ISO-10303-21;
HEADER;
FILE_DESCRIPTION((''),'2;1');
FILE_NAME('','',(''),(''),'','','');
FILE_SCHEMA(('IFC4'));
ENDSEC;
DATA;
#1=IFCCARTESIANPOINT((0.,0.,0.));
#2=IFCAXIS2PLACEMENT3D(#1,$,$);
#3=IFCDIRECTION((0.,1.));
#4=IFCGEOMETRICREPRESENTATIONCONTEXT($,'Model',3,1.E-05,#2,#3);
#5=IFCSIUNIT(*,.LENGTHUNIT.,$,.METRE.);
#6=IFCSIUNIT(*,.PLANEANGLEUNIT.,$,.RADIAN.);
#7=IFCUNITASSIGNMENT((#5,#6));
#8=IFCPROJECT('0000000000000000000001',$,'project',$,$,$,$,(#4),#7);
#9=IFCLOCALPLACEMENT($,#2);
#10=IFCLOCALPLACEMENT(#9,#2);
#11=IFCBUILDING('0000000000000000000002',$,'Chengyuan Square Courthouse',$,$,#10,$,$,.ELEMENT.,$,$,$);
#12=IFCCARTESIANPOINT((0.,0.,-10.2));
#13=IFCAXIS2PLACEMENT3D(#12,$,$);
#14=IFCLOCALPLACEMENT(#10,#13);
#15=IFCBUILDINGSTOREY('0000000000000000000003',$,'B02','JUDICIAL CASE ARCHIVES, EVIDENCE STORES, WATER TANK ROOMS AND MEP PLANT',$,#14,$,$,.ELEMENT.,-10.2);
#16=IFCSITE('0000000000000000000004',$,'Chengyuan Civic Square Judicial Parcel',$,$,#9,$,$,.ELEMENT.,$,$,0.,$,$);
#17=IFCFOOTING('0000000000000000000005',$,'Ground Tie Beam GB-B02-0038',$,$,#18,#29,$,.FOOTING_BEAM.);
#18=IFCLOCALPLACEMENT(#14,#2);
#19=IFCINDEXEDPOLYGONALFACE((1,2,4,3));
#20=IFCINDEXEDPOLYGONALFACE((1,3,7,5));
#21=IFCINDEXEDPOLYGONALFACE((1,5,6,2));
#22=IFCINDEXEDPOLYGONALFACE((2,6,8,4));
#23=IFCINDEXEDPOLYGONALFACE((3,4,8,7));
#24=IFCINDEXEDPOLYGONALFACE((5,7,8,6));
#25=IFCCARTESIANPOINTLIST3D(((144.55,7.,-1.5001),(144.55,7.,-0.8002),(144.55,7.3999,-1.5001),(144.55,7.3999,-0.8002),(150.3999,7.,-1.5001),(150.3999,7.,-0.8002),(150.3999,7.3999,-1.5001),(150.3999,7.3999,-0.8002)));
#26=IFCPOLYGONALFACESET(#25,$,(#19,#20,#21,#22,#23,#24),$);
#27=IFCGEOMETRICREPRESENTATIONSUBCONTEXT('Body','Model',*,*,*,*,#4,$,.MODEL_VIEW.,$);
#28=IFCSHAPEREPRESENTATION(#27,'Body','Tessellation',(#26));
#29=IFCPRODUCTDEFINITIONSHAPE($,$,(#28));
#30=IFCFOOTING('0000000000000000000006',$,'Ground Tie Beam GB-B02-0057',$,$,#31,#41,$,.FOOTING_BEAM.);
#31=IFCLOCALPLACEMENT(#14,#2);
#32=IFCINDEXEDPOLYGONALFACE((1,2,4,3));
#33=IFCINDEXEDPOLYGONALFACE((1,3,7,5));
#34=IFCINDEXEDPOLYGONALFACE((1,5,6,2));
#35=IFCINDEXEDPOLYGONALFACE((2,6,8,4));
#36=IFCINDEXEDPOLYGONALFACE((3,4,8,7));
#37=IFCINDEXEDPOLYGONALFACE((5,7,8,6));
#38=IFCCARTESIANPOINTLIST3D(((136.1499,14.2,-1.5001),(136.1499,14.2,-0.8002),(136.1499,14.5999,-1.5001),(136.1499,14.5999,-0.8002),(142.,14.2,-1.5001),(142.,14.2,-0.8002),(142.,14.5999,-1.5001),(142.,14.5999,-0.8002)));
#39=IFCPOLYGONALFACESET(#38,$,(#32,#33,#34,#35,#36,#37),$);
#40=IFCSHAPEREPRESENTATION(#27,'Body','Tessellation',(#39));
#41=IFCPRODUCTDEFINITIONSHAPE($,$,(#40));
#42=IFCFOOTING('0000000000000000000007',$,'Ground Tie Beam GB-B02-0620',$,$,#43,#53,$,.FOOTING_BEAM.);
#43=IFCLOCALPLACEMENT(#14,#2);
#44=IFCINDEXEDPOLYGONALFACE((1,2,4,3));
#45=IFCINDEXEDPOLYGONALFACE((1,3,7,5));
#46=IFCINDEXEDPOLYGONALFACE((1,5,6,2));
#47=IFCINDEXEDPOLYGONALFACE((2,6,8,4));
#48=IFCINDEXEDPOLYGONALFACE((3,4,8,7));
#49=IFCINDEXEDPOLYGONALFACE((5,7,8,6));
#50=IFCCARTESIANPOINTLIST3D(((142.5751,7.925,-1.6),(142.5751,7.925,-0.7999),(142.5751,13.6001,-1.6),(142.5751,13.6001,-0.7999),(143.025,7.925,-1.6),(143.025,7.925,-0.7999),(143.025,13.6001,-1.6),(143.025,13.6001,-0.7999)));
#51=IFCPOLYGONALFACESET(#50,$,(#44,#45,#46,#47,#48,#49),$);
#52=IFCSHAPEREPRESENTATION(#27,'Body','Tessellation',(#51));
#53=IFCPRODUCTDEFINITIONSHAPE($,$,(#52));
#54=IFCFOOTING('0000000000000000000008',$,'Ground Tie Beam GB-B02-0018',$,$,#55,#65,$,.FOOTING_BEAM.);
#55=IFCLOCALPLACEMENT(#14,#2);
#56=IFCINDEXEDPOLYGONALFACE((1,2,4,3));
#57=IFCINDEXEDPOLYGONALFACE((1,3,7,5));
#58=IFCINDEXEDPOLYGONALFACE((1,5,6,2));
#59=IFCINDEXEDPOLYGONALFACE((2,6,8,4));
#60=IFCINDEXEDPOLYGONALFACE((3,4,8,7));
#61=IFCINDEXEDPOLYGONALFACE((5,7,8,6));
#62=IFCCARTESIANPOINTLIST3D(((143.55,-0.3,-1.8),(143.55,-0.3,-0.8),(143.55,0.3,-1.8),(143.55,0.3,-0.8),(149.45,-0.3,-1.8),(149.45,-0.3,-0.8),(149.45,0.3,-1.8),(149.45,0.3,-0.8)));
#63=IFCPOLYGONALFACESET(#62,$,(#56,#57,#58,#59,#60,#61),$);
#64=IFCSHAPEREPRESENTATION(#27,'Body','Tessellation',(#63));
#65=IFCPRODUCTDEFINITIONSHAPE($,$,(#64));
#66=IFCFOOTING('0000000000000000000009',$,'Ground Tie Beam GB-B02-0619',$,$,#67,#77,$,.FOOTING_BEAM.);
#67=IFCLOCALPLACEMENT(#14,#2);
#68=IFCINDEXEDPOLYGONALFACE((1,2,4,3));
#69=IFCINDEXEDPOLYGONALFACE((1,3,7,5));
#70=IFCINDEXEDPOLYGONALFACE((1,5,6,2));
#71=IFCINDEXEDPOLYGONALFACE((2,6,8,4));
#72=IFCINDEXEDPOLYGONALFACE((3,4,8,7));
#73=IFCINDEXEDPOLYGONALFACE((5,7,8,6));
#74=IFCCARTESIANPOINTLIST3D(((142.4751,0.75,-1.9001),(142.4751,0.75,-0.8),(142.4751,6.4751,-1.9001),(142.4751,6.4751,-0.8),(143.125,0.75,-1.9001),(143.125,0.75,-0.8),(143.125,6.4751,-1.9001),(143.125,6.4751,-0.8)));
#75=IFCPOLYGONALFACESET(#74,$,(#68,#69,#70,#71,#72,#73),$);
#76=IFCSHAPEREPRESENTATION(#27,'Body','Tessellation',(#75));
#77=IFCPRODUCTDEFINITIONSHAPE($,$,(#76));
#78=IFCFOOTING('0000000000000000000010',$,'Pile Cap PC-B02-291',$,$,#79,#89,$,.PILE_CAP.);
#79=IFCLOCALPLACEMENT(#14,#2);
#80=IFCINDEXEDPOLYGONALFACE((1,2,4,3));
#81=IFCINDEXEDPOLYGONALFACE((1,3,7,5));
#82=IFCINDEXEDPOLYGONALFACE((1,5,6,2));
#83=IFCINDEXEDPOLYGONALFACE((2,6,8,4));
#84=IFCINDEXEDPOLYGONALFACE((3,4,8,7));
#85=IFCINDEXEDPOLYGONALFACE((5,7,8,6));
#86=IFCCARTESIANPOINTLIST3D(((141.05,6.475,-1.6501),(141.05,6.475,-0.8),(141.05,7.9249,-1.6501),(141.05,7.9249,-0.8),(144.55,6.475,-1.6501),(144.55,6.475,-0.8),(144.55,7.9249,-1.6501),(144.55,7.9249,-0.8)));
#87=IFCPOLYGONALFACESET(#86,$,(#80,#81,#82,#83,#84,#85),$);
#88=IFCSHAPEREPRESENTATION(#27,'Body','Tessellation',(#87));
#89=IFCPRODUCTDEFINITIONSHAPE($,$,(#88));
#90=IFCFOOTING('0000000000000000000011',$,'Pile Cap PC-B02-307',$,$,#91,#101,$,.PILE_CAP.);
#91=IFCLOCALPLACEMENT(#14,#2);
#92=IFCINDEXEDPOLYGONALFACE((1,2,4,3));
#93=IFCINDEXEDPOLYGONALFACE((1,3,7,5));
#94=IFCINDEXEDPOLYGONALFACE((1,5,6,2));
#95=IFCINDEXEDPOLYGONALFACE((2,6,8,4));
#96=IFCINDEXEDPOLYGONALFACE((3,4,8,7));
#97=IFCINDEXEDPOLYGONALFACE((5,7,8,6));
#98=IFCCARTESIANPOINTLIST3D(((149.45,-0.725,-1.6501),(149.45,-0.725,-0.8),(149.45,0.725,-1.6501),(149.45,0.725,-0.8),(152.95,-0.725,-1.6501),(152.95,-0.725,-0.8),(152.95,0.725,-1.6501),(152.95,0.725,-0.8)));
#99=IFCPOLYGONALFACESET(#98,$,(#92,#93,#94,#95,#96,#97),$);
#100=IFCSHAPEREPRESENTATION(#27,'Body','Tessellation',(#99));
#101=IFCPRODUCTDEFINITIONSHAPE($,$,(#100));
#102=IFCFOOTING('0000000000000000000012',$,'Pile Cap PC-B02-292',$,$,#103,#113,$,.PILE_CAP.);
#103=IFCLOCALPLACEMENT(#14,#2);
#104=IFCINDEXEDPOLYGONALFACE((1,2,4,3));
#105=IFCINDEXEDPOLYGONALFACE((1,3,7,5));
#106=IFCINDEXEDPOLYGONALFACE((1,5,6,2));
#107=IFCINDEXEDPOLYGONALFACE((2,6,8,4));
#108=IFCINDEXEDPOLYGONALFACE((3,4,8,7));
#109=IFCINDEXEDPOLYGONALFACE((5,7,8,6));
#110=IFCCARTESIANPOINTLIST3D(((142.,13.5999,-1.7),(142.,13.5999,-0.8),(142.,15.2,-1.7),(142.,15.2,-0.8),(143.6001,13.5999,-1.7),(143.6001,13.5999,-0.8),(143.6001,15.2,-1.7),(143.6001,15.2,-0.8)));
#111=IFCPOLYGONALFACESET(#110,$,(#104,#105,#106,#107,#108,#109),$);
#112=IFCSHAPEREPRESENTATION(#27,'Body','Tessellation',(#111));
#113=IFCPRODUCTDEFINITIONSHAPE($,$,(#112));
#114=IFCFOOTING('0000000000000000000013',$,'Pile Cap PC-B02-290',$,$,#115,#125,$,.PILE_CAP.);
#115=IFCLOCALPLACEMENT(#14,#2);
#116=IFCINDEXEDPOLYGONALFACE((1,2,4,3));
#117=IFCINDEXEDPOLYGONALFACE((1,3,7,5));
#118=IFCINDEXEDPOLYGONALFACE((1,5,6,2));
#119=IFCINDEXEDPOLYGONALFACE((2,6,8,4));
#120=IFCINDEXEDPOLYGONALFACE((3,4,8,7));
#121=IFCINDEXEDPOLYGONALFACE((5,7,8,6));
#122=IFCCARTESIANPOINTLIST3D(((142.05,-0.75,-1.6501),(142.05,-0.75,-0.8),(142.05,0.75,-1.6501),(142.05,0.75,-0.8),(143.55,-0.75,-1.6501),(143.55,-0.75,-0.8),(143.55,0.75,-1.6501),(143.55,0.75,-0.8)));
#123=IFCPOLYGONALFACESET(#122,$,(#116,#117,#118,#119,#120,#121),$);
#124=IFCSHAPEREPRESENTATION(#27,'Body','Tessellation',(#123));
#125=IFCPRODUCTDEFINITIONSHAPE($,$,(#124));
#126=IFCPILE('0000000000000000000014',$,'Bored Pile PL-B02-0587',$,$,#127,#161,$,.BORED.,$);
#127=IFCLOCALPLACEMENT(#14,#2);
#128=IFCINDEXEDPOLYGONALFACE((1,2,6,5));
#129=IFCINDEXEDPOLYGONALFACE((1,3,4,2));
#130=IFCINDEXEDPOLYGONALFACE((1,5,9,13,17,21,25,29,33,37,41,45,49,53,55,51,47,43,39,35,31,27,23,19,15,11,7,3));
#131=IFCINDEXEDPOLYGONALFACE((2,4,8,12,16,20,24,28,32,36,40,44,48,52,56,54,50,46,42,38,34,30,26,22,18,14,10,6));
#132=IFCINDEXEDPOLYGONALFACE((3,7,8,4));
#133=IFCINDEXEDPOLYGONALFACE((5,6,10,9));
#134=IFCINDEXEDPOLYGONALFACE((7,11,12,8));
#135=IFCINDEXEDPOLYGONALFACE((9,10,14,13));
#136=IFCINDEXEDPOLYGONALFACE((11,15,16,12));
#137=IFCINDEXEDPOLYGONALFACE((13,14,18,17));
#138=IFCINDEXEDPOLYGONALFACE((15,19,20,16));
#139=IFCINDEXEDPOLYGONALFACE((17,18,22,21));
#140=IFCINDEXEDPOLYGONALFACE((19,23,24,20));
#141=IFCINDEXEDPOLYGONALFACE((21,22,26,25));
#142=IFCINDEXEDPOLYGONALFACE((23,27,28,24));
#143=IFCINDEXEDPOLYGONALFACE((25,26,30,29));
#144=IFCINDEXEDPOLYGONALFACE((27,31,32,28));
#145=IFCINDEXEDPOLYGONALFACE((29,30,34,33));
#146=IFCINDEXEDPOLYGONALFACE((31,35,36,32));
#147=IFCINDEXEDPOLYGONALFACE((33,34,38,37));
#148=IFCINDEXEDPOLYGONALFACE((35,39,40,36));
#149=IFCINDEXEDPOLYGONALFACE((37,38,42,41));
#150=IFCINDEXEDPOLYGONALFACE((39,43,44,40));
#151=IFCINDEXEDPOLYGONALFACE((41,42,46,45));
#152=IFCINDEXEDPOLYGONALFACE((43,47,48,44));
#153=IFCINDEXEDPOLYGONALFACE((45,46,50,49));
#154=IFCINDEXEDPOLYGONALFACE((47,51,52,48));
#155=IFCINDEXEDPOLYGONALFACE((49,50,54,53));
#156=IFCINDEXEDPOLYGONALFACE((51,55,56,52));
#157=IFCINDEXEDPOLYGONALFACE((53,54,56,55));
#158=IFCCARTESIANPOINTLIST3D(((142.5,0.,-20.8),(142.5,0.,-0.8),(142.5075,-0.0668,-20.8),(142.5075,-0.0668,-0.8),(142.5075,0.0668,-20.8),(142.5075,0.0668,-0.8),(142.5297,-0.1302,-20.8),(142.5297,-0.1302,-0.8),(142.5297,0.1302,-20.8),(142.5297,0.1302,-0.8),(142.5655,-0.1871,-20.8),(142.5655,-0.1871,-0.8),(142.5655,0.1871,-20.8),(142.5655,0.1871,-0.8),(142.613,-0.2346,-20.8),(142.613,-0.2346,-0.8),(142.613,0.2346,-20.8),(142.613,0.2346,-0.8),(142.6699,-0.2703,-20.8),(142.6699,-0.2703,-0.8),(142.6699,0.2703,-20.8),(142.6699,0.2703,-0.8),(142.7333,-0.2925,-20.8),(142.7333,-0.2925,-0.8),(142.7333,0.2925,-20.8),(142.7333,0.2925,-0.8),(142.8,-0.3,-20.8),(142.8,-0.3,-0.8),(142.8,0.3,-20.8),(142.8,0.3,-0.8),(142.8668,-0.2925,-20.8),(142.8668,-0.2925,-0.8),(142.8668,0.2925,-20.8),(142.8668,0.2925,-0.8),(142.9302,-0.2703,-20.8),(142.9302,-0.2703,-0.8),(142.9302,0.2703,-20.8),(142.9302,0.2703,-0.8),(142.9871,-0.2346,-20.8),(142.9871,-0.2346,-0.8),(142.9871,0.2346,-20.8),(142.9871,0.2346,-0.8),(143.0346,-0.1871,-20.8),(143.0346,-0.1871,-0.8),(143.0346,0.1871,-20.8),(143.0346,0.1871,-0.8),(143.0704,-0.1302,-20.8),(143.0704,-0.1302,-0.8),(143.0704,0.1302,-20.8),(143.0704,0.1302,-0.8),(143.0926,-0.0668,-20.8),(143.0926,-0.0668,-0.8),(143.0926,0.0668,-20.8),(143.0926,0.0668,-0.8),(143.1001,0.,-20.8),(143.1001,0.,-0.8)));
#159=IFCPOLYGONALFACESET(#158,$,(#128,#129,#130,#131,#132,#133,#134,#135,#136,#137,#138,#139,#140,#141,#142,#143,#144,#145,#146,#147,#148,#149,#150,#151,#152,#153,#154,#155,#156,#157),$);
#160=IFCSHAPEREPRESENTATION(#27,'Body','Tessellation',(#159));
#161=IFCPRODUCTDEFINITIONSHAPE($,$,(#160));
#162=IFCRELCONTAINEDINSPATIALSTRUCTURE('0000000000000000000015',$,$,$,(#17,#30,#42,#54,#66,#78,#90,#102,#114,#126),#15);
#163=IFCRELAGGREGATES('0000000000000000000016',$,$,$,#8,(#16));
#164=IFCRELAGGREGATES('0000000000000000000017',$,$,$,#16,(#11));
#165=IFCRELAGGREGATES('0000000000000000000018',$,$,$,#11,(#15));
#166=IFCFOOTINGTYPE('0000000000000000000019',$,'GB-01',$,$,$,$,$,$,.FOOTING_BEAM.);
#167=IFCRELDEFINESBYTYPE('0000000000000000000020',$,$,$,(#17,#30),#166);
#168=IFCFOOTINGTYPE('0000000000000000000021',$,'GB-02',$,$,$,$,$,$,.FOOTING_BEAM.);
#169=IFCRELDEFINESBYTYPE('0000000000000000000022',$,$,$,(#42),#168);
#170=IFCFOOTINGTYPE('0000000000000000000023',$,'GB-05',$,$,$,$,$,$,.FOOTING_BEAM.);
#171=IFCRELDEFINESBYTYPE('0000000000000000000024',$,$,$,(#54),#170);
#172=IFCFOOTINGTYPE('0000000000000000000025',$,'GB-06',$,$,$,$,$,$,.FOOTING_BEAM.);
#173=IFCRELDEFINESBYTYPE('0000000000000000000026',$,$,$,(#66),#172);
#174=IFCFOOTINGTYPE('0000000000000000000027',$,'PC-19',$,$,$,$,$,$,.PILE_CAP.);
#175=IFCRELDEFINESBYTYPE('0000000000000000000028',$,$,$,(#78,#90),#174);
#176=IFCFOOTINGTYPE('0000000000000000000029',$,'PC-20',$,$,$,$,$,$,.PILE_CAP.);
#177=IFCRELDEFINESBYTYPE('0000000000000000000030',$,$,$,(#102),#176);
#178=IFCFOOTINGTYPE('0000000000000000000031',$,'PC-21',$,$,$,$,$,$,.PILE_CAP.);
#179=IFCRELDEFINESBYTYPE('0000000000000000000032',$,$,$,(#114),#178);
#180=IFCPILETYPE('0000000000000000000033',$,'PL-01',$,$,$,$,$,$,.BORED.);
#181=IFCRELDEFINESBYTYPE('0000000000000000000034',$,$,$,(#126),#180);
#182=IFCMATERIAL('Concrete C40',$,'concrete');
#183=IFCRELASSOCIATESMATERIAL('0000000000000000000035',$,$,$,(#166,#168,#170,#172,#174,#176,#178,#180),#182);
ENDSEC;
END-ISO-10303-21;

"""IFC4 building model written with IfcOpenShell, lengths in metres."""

from ifc_helpers import new_model, si_unit, direction, frame, origin, origin_2d, place, context, subcontext, project, spatial, rectangle, circle, extrude, material, material_profile, profile_set, type_object, element, save


model = new_model("IFC4")

# Units and contexts
model_context = context("Model", 3, precision=1e-05, world=origin(), true_north=direction((0.0, 1.0)))
body_context = subcontext(model_context, "Body", "Model", "MODEL_VIEW")
ifc_project = project(units=[si_unit("LENGTHUNIT", "METRE"), si_unit("PLANEANGLEUNIT", "RADIAN")], contexts=[model_context])

# Site, building, storey
site_placement = place(None, origin())
site = spatial("IfcSite", under=ifc_project, at=site_placement, Name="Chengyuan Civic Square Judicial Parcel", CompositionType="ELEMENT", RefElevation=0.0)
building_placement = place(site_placement, origin())
building = spatial("IfcBuilding", under=site, at=building_placement, Name="Chengyuan Square Courthouse", CompositionType="ELEMENT")
storey_placement = place(building_placement, frame((0.0, 0.0, -10.2)))
storey = spatial("IfcBuildingStorey", under=building, at=storey_placement, Name="B02", Description="JUDICIAL CASE ARCHIVES, EVIDENCE STORES, WATER TANK ROOMS AND MEP PLANT", CompositionType="ELEMENT", Elevation=-10.2)

# Footings
ifc_material_1 = material(Name="Concrete C40", Category="concrete")
ifc_material_profile_1 = material_profile(ifc_material_1, rectangle(XDim=0.3999, YDim=0.7, at=origin_2d()), Name="GB-400x700")
ifc_profile_set_1 = profile_set([ifc_material_profile_1], Name="Concrete C40")
footing_type_1 = type_object("IfcFootingType", Name="GB-01", PredefinedType="FOOTING_BEAM", material=ifc_profile_set_1)
footing_1_placement = place(storey_placement, frame((144.55, 7.2, -1.1501), z_axis=(1.0, 0.0, 0.0), x_axis=(0.0, 1.0, 0.0)))
element("IfcFooting", 1, at=footing_1_placement, inside=storey, type_object=footing_type_1, Name="Ground Tie Beam GB-B02-0038", PredefinedType="FOOTING_BEAM", context=body_context, shape_type="SweptSolid", body=[
    extrude(rectangle(XDim=0.3999, YDim=0.7, at=origin_2d()), origin(), (0.0, 0.0, 1.0), 5.8499),
])
footing_2_placement = place(storey_placement, frame((136.1499, 14.3999, -1.1501), z_axis=(1.0, 0.0, 0.0), x_axis=(0.0, 1.0, 0.0)))
element("IfcFooting", 2, at=footing_2_placement, inside=storey, type_object=footing_type_1, Name="Ground Tie Beam GB-B02-0057", PredefinedType="FOOTING_BEAM", context=body_context, shape_type="SweptSolid", body=[
    extrude(rectangle(XDim=0.3999, YDim=0.7, at=origin_2d()), origin(), (0.0, 0.0, 1.0), 5.8501),
])
ifc_material_profile_2 = material_profile(ifc_material_1, rectangle(XDim=0.45, YDim=0.8, at=origin_2d()), Name="GB-450x800")
ifc_profile_set_2 = profile_set([ifc_material_profile_2], Name="Concrete C40")
footing_type_2 = type_object("IfcFootingType", Name="GB-02", PredefinedType="FOOTING_BEAM", material=ifc_profile_set_2)
footing_3_placement = place(storey_placement, frame((142.8, 7.925, -1.2), z_axis=(0.0, 1.0, 0.0), x_axis=(-1.0, 0.0, 0.0)))
element("IfcFooting", 3, at=footing_3_placement, inside=storey, type_object=footing_type_2, Name="Ground Tie Beam GB-B02-0620", PredefinedType="FOOTING_BEAM", context=body_context, shape_type="SweptSolid", body=[
    extrude(rectangle(XDim=0.45, YDim=0.8, at=origin_2d()), origin(), (0.0, 0.0, 1.0), 5.675),
])
ifc_material_profile_3 = material_profile(ifc_material_1, rectangle(XDim=0.6001, YDim=1.0, at=origin_2d()), Name="GB-600x1000")
ifc_profile_set_3 = profile_set([ifc_material_profile_3], Name="Concrete C40")
footing_type_3 = type_object("IfcFootingType", Name="GB-05", PredefinedType="FOOTING_BEAM", material=ifc_profile_set_3)
footing_4_placement = place(storey_placement, frame((143.55, 0.0, -1.3), z_axis=(1.0, 0.0, 0.0), x_axis=(0.0, 1.0, 0.0)))
element("IfcFooting", 4, at=footing_4_placement, inside=storey, type_object=footing_type_3, Name="Ground Tie Beam GB-B02-0018", PredefinedType="FOOTING_BEAM", context=body_context, shape_type="SweptSolid", body=[
    extrude(rectangle(XDim=0.6001, YDim=1.0, at=origin_2d()), origin(), (0.0, 0.0, 1.0), 5.8999),
])
ifc_material_profile_4 = material_profile(ifc_material_1, rectangle(XDim=0.6499, YDim=1.1001, at=origin_2d()), Name="GB-650x1100")
ifc_profile_set_4 = profile_set([ifc_material_profile_4], Name="Concrete C40")
footing_type_4 = type_object("IfcFootingType", Name="GB-06", PredefinedType="FOOTING_BEAM", material=ifc_profile_set_4)
footing_5_placement = place(storey_placement, frame((142.8, 0.75, -1.3501), z_axis=(0.0, 1.0, 0.0), x_axis=(-1.0, 0.0, 0.0)))
element("IfcFooting", 5, at=footing_5_placement, inside=storey, type_object=footing_type_4, Name="Ground Tie Beam GB-B02-0619", PredefinedType="FOOTING_BEAM", context=body_context, shape_type="SweptSolid", body=[
    extrude(rectangle(XDim=0.6499, YDim=1.1001, at=origin_2d()), origin(), (0.0, 0.0, 1.0), 5.7251),
])
footing_type_5 = type_object("IfcFootingType", Name="PC-19", PredefinedType="PILE_CAP", material=ifc_material_1)
for number, where, z_axis, x_axis, name in (
    (6, (142.8, 7.2, -1.6501), (0.0, 0.0, 1.0), (1.0, 0.0, 0.0), "Pile Cap PC-B02-291"),
    (7, (151.2, 0.0, -1.6501), (0.0, 0.0, 1.0), (1.0, 0.0, 0.0), "Pile Cap PC-B02-307"),
):
    element("IfcFooting", number, at=place(storey_placement, frame(where, z_axis=z_axis, x_axis=x_axis)), inside=storey, type_object=footing_type_5, Name=name, PredefinedType="PILE_CAP", context=body_context, shape_type="SweptSolid", body=[
        extrude(rectangle(XDim=3.5, YDim=1.45, at=origin_2d()), origin(), (0.0, 0.0, 1.0), 0.8501),
    ])
footing_type_6 = type_object("IfcFootingType", Name="PC-20", PredefinedType="PILE_CAP", material=ifc_material_1)
footing_6_placement = place(storey_placement, frame((142.8, 14.3999, -1.7), z_axis=(0.0, 0.0, 1.0), x_axis=(1.0, 0.0, 0.0)))
element("IfcFooting", 8, at=footing_6_placement, inside=storey, type_object=footing_type_6, Name="Pile Cap PC-B02-292", PredefinedType="PILE_CAP", context=body_context, shape_type="SweptSolid", body=[
    extrude(rectangle(XDim=1.6001, YDim=1.6001, at=origin_2d()), origin(), (0.0, 0.0, 1.0), 0.8999),
])
footing_type_7 = type_object("IfcFootingType", Name="PC-21", PredefinedType="PILE_CAP", material=ifc_material_1)
footing_7_placement = place(storey_placement, frame((142.8, 0.0, -1.6501), z_axis=(0.0, 0.0, 1.0), x_axis=(1.0, 0.0, 0.0)))
element("IfcFooting", 9, at=footing_7_placement, inside=storey, type_object=footing_type_7, Name="Pile Cap PC-B02-290", PredefinedType="PILE_CAP", context=body_context, shape_type="SweptSolid", body=[
    extrude(rectangle(XDim=1.5, YDim=1.5, at=origin_2d()), origin(), (0.0, 0.0, 1.0), 0.8501),
])

# Pile
ifc_material_profile_5 = material_profile(ifc_material_1, circle(Radius=0.3, at=origin_2d()), Name="BORED PILE D600")
ifc_profile_set_5 = profile_set([ifc_material_profile_5], Name="Concrete C40")
pile_type_1 = type_object("IfcPileType", Name="PL-01", PredefinedType="BORED", material=ifc_profile_set_5)
pile_placement = place(storey_placement, frame((142.8, 0.0, -0.8), z_axis=(0.0, 0.0, -1.0), x_axis=(1.0, 0.0, 0.0)))
element("IfcPile", 10, at=pile_placement, inside=storey, type_object=pile_type_1, Name="Bored Pile PL-B02-0587", PredefinedType="BORED", context=body_context, shape_type="SweptSolid", body=[
    extrude(circle(Radius=0.3, at=origin_2d()), origin(), (0.0, 0.0, 1.0), 20.0),
])

save(model, "model.ifc")
